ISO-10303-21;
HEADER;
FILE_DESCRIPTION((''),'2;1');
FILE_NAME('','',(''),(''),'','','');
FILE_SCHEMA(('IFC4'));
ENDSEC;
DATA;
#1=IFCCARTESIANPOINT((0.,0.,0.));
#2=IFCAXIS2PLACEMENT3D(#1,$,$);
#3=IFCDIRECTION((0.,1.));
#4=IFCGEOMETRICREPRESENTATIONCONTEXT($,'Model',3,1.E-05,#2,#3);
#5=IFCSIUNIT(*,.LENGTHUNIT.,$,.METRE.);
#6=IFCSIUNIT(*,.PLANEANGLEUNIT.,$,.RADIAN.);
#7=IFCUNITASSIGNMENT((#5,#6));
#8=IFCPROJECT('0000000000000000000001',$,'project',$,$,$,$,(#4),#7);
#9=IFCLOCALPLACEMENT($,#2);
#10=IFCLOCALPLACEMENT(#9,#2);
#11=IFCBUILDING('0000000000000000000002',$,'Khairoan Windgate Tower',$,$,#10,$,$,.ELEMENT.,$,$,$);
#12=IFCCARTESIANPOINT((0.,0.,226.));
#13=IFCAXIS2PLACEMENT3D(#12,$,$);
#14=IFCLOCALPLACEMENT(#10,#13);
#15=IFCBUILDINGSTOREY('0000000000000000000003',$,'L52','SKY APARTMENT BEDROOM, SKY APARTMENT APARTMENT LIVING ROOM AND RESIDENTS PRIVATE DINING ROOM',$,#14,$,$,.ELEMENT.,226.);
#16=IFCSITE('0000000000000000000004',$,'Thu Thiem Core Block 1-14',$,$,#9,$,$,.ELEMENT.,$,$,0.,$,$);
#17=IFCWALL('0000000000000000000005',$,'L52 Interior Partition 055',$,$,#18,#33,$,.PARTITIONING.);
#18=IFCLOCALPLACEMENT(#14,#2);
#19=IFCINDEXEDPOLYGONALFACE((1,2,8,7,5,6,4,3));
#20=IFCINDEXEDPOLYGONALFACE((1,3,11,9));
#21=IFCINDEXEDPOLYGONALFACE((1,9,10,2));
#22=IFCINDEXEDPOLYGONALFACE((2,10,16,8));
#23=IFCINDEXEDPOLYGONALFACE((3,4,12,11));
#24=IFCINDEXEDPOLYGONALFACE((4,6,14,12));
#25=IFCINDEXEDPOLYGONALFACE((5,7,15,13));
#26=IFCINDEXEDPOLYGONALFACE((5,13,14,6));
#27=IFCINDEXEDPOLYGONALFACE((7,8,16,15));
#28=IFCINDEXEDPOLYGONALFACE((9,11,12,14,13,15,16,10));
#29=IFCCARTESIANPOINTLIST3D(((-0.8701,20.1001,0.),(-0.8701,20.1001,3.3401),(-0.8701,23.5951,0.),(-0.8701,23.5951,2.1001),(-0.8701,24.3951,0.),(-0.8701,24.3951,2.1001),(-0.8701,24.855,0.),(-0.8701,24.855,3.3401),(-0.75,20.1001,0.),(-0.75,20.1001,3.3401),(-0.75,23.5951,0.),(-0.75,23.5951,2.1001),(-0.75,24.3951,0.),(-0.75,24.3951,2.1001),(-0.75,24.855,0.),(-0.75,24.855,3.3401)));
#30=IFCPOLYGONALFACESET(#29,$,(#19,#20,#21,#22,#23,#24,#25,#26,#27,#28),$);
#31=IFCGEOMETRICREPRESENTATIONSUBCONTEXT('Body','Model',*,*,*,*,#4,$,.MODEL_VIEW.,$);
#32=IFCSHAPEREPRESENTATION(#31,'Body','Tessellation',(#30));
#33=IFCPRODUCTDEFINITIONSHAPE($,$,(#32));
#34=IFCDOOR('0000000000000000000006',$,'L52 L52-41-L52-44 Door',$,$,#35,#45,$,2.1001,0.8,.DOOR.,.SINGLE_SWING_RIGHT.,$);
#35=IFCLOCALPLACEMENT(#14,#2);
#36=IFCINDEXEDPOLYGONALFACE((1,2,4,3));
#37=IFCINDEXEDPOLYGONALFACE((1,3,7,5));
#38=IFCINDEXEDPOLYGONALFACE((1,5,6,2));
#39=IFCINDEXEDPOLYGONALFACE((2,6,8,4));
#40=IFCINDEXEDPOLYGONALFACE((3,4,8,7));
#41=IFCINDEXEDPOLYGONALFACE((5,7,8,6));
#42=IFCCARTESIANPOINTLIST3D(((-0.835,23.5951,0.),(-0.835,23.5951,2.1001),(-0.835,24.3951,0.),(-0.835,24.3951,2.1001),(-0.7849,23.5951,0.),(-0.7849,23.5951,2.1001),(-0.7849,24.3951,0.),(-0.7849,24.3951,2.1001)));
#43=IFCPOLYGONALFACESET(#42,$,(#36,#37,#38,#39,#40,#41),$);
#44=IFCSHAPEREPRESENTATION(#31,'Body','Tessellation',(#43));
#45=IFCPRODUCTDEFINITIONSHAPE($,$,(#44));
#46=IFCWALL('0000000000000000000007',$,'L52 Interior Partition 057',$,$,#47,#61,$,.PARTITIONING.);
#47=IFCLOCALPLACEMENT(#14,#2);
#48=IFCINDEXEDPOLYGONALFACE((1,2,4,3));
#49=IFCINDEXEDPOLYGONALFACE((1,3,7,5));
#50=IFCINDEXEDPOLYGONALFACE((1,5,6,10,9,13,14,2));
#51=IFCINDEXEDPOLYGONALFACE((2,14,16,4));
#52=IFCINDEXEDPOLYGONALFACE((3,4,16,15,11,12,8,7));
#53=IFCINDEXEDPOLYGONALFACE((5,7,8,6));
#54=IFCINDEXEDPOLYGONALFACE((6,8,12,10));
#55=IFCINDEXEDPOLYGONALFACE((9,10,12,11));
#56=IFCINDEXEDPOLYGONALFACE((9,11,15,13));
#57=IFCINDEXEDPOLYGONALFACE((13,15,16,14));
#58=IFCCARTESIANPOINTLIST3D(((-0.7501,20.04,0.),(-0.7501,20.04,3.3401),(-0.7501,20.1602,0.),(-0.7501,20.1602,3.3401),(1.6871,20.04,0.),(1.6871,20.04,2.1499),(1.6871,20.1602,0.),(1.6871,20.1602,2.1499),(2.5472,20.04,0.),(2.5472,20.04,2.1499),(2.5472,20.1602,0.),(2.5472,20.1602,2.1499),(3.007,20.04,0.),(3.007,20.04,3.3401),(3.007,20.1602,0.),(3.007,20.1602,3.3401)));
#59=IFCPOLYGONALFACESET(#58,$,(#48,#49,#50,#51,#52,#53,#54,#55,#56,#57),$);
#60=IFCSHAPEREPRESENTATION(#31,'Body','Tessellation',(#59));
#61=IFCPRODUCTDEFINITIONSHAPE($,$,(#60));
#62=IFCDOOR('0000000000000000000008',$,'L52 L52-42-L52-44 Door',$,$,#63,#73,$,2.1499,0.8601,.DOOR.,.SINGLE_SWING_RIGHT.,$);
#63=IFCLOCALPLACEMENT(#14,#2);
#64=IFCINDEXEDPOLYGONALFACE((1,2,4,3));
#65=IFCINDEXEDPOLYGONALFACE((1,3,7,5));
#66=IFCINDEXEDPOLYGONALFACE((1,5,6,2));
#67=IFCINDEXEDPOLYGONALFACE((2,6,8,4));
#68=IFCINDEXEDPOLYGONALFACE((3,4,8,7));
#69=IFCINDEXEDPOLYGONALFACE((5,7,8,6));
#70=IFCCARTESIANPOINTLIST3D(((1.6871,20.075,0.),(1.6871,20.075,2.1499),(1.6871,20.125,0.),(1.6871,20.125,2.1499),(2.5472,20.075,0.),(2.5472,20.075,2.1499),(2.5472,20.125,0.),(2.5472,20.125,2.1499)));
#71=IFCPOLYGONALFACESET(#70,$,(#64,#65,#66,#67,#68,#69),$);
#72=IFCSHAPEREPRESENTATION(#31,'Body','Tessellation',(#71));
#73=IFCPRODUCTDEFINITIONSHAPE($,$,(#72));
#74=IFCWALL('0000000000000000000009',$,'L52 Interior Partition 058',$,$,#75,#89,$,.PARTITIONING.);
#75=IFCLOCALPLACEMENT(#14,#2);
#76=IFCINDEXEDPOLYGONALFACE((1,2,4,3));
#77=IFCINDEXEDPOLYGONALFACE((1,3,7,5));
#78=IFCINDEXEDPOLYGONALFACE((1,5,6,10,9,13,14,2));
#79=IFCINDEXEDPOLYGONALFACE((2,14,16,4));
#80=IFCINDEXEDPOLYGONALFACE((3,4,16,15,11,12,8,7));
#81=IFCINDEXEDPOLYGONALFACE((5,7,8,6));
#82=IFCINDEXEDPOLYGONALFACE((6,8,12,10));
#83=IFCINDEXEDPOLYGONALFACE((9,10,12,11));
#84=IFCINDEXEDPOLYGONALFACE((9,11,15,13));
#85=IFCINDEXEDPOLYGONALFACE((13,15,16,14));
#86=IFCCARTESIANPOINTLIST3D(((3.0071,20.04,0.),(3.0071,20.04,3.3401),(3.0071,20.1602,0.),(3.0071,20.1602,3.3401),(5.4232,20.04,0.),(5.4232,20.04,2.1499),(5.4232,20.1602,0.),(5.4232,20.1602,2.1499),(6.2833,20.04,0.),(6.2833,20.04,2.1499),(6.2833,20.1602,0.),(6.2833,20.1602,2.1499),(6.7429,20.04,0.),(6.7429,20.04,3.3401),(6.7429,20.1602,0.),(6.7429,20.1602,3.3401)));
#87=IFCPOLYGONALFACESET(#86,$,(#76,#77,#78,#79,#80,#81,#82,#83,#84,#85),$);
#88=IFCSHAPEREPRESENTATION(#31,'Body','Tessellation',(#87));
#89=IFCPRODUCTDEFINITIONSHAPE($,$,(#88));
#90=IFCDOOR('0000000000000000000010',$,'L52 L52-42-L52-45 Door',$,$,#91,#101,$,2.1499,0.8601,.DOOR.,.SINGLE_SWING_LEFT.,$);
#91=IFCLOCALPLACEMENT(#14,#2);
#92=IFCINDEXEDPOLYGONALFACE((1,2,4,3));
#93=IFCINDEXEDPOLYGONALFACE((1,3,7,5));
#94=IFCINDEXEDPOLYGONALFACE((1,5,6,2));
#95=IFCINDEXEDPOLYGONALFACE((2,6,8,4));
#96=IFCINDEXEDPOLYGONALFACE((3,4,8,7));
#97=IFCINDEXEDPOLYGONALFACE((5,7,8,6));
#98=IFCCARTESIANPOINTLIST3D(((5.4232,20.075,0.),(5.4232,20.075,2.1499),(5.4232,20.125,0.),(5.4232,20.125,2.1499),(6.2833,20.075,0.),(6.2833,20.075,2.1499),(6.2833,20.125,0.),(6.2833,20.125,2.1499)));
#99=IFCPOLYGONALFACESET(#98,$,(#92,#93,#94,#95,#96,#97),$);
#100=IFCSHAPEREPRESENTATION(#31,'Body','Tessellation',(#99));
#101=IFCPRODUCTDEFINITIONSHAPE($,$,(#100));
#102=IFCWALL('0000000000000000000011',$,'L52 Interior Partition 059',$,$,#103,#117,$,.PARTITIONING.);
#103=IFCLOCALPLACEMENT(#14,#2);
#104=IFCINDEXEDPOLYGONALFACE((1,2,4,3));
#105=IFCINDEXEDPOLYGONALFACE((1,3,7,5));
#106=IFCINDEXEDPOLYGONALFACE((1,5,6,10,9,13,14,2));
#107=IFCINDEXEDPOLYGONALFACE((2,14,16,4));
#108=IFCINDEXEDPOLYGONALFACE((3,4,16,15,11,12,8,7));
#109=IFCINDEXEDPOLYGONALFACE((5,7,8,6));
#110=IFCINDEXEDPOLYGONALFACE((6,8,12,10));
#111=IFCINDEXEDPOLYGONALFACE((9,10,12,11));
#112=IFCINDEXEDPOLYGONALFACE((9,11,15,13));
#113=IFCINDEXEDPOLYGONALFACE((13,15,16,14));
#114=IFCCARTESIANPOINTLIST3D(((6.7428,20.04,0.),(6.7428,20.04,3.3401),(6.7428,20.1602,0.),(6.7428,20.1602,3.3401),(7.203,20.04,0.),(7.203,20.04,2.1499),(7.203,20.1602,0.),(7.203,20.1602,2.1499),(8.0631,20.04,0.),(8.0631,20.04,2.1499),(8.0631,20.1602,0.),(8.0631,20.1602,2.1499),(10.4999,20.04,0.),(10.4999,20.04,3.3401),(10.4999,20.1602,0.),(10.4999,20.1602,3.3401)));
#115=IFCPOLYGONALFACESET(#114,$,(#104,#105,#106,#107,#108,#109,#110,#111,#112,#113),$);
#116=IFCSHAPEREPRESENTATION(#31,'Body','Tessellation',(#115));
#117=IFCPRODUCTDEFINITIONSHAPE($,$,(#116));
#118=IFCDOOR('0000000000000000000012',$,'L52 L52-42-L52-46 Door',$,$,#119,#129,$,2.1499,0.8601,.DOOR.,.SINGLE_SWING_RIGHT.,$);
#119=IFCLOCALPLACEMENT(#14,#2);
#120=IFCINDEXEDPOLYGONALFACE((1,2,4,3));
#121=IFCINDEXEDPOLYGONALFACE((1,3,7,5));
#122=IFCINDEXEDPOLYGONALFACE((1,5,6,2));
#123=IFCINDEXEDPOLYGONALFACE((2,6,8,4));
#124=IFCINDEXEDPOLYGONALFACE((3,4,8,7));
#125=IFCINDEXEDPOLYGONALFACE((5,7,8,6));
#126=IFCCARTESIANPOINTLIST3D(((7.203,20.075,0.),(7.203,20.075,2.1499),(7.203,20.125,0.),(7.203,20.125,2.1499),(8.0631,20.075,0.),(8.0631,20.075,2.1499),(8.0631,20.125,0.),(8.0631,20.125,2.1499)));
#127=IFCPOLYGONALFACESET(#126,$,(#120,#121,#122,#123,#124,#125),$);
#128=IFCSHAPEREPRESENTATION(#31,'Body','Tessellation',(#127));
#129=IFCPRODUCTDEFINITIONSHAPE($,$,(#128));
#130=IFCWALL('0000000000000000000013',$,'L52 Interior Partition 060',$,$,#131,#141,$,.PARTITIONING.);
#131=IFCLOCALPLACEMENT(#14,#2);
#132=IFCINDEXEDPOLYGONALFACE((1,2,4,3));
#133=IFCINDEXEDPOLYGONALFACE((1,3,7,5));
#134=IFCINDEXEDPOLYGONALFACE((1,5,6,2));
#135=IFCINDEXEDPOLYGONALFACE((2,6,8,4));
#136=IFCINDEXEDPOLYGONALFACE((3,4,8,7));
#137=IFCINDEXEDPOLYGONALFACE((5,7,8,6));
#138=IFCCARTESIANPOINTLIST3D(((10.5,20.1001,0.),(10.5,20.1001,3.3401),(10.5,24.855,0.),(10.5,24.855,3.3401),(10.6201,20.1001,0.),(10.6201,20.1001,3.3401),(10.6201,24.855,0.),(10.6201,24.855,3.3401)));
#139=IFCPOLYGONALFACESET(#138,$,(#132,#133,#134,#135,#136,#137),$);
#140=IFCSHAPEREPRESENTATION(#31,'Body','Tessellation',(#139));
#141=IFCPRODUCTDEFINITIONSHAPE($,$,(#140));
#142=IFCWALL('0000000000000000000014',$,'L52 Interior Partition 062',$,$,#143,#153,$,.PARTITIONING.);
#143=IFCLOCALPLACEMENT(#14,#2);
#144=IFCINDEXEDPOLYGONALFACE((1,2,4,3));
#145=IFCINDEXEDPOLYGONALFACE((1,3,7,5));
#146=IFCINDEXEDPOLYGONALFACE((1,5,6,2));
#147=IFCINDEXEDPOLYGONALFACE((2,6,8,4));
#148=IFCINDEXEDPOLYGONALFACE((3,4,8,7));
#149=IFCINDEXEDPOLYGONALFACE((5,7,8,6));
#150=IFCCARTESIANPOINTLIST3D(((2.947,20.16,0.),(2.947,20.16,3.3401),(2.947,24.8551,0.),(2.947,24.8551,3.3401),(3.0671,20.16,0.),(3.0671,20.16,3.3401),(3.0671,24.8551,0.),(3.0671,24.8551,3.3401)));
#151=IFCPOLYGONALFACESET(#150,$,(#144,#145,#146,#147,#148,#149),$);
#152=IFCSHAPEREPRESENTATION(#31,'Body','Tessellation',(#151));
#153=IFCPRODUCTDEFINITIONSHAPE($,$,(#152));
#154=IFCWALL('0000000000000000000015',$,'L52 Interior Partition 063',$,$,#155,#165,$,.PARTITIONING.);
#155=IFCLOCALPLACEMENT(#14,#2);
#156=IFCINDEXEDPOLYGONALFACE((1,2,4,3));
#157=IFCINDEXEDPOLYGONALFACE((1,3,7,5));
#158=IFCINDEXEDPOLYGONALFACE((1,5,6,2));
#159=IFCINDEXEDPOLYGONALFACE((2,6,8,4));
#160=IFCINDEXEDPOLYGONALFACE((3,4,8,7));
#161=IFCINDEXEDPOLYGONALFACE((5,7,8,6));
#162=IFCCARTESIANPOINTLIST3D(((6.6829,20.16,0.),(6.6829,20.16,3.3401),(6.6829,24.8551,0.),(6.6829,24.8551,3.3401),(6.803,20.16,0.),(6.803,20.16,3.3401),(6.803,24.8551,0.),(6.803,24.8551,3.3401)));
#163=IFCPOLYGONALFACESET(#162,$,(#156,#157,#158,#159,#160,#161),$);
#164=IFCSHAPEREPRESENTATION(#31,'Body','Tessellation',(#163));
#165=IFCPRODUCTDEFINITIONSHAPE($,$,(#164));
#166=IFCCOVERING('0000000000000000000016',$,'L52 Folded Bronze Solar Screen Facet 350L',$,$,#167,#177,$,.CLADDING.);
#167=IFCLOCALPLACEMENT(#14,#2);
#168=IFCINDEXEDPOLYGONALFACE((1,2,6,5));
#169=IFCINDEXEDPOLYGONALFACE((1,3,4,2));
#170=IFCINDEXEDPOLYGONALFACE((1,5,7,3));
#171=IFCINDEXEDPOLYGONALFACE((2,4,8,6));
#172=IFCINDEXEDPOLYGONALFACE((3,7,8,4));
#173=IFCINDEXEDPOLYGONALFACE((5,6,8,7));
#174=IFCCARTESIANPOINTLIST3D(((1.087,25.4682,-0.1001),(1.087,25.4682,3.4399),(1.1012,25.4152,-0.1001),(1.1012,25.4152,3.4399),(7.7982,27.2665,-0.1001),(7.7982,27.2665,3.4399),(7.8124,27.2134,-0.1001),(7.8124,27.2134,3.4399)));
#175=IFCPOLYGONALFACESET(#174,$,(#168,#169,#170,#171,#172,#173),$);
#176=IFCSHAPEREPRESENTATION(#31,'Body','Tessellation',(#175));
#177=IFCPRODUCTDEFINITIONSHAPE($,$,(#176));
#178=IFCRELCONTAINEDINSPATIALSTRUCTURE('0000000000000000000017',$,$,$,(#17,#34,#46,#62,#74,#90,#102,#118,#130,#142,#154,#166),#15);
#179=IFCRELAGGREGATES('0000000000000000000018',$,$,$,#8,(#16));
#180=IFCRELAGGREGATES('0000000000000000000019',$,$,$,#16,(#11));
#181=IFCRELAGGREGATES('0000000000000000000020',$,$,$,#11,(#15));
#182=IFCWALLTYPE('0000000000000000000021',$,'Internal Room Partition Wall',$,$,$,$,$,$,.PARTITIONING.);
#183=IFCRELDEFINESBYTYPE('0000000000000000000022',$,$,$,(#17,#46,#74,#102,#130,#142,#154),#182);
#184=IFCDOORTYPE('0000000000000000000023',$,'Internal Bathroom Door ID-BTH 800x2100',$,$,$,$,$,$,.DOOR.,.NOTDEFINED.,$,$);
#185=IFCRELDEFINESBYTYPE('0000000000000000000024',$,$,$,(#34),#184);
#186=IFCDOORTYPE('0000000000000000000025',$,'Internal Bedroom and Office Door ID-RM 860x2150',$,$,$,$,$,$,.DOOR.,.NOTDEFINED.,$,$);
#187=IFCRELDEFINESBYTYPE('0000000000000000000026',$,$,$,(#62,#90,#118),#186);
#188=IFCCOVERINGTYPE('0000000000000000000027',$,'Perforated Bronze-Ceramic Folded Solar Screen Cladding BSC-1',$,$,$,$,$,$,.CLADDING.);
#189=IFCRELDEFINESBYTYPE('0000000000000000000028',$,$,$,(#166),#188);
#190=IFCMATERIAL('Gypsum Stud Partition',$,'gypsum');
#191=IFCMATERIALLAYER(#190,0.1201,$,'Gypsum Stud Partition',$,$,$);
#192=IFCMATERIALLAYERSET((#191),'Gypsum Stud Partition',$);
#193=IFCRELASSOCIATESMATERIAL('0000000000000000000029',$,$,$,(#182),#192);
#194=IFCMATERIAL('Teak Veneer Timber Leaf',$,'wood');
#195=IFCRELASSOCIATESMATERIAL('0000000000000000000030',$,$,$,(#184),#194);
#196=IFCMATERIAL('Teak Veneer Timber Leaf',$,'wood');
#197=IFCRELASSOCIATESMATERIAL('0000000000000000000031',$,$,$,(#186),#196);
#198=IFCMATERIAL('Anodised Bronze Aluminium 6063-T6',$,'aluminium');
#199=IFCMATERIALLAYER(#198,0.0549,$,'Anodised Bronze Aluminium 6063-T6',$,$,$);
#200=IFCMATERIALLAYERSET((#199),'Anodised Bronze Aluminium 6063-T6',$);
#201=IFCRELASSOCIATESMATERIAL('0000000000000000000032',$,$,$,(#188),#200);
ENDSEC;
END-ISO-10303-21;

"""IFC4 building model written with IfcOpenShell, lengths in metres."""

from ifc_helpers import new_model, si_unit, direction, frame, frame_2d, origin, origin_2d, place, context, subcontext, project, spatial, rectangle, extrude, material, layer, layer_set, type_object, element, fill, save


model = new_model("IFC4")

# Units and contexts
model_context = context("Model", 3, precision=1e-05, world=origin(), true_north=direction((0.0, 1.0)))
body_context = subcontext(model_context, "Body", "Model", "MODEL_VIEW")
ifc_project = project(units=[si_unit("LENGTHUNIT", "METRE"), si_unit("PLANEANGLEUNIT", "RADIAN")], contexts=[model_context])

# Site, building, storey
site_placement = place(None, origin())
site = spatial("IfcSite", under=ifc_project, at=site_placement, Name="Thu Thiem Core Block 1-14", CompositionType="ELEMENT", RefElevation=0.0)
building_placement = place(site_placement, origin())
building = spatial("IfcBuilding", under=site, at=building_placement, Name="Khairoan Windgate Tower", CompositionType="ELEMENT")
storey_placement = place(building_placement, frame((0.0, 0.0, 226.0)))
storey = spatial("IfcBuildingStorey", under=building, at=storey_placement, Name="L52", Description="SKY APARTMENT BEDROOM, SKY APARTMENT APARTMENT LIVING ROOM AND RESIDENTS PRIVATE DINING ROOM", CompositionType="ELEMENT", Elevation=226.0)

# Shared definitions
ifc_material_1 = material(Name="Gypsum Stud Partition", Category="gypsum")
ifc_layer_1 = layer(ifc_material_1, 0.1201, Name="Gypsum Stud Partition")
ifc_layer_set_1 = layer_set([ifc_layer_1], Name="Gypsum Stud Partition")
wall_type_1 = type_object("IfcWallType", Name="Internal Room Partition Wall", PredefinedType="PARTITIONING", material=ifc_layer_set_1)

# Walls, openings, doors
wall_1_placement = place(storey_placement, frame((-0.8101, 20.1001, 0.0), z_axis=(0.0, 0.0, 1.0), x_axis=(0.0, 1.0, 0.0)))
wall_1 = element("IfcWall", 1, at=wall_1_placement, inside=storey, type_object=wall_type_1, Name="L52 Interior Partition 055", PredefinedType="PARTITIONING", context=body_context, shape_type="SweptSolid", body=[
    extrude(rectangle(XDim=4.7549, YDim=0.1201, at=frame_2d((2.3774, 0.0))), origin(), (0.0, 0.0, 1.0), 3.3401),
])
opening_1_placement = place(wall_1_placement, frame((3.4951, 0.0, 0.0)))
opening_1 = element("IfcOpeningElement", 2, at=opening_1_placement, cuts=wall_1, PredefinedType="OPENING", context=body_context, shape_type="SweptSolid", body=[
    extrude(rectangle(XDim=0.8, YDim=2.1001, at=frame_2d((0.3999, 1.05))), frame((0.0, 0.0701, 0.0), z_axis=(0.0, -1.0, 0.0), x_axis=(1.0, 0.0, 0.0)), (0.0, 0.0, 1.0), 0.1401),
])
ifc_material_2 = material(Name="Teak Veneer Timber Leaf", Category="wood")
door_type_1 = type_object("IfcDoorType", Name="Internal Bathroom Door ID-BTH 800x2100", OperationType="NOTDEFINED", PredefinedType="DOOR", material=ifc_material_2)
door_1_placement = place(opening_1_placement, origin())
door_1 = element("IfcDoor", 3, at=door_1_placement, inside=storey, type_object=door_type_1, Name="L52 L52-41-L52-44 Door", OperationType="SINGLE_SWING_RIGHT", OverallHeight=2.1001, OverallWidth=0.8, PredefinedType="DOOR", context=body_context, shape_type="SweptSolid", body=[
    extrude(rectangle(XDim=0.8, YDim=2.1001, at=frame_2d((0.3999, 1.05))), frame((0.0, 0.0249, 0.0), z_axis=(0.0, -1.0, 0.0), x_axis=(1.0, 0.0, 0.0)), (0.0, 0.0, 1.0), 0.05),
])
fill(opening_1, door_1)
wall_2_placement = place(storey_placement, frame((-0.75, 20.1001, 0.0), z_axis=(0.0, 0.0, 1.0), x_axis=(1.0, 0.0, 0.0)))
wall_2 = element("IfcWall", 4, at=wall_2_placement, inside=storey, type_object=wall_type_1, Name="L52 Interior Partition 057", PredefinedType="PARTITIONING", context=body_context, shape_type="SweptSolid", body=[
    extrude(rectangle(XDim=3.7571, YDim=0.1201, at=frame_2d((1.8784, 0.0))), origin(), (0.0, 0.0, 1.0), 3.3401),
])
opening_2_placement = place(wall_2_placement, frame((2.437, 0.0, 0.0)))
opening_2 = element("IfcOpeningElement", 5, at=opening_2_placement, cuts=wall_2, PredefinedType="OPENING", context=body_context, shape_type="SweptSolid", body=[
    extrude(rectangle(XDim=0.8601, YDim=2.1499, at=frame_2d((0.4302, 1.075))), frame((0.0, 0.0701, 0.0), z_axis=(0.0, -1.0, 0.0), x_axis=(1.0, 0.0, 0.0)), (0.0, 0.0, 1.0), 0.1401),
])
ifc_material_3 = material(Name="Teak Veneer Timber Leaf", Category="wood")
door_type_2 = type_object("IfcDoorType", Name="Internal Bedroom and Office Door ID-RM 860x2150", OperationType="NOTDEFINED", PredefinedType="DOOR", material=ifc_material_3)
door_2_placement = place(opening_2_placement, origin())
door_2 = element("IfcDoor", 6, at=door_2_placement, inside=storey, type_object=door_type_2, Name="L52 L52-42-L52-44 Door", OperationType="SINGLE_SWING_RIGHT", OverallHeight=2.1499, OverallWidth=0.8601, PredefinedType="DOOR", context=body_context, shape_type="SweptSolid", body=[
    extrude(rectangle(XDim=0.8601, YDim=2.1499, at=frame_2d((0.4302, 1.075))), frame((0.0, 0.0249, 0.0), z_axis=(0.0, -1.0, 0.0), x_axis=(1.0, 0.0, 0.0)), (0.0, 0.0, 1.0), 0.05),
])
fill(opening_2, door_2)
wall_3_placement = place(storey_placement, frame((3.0071, 20.1001, 0.0), z_axis=(0.0, 0.0, 1.0), x_axis=(1.0, 0.0, 0.0)))
wall_3 = element("IfcWall", 7, at=wall_3_placement, inside=storey, type_object=wall_type_1, Name="L52 Interior Partition 058", PredefinedType="PARTITIONING", context=body_context, shape_type="SweptSolid", body=[
    extrude(rectangle(XDim=3.7358, YDim=0.1201, at=frame_2d((1.8679, 0.0))), origin(), (0.0, 0.0, 1.0), 3.3401),
])
opening_3_placement = place(wall_3_placement, frame((2.416, 0.0, 0.0)))
opening_3 = element("IfcOpeningElement", 8, at=opening_3_placement, cuts=wall_3, PredefinedType="OPENING", context=body_context, shape_type="SweptSolid", body=[
    extrude(rectangle(XDim=0.8601, YDim=2.1499, at=frame_2d((0.4302, 1.075))), frame((0.0, 0.0701, 0.0), z_axis=(0.0, -1.0, 0.0), x_axis=(1.0, 0.0, 0.0)), (0.0, 0.0, 1.0), 0.1401),
])
door_3_placement = place(opening_3_placement, origin())
door_3 = element("IfcDoor", 9, at=door_3_placement, inside=storey, type_object=door_type_2, Name="L52 L52-42-L52-45 Door", OperationType="SINGLE_SWING_LEFT", OverallHeight=2.1499, OverallWidth=0.8601, PredefinedType="DOOR", context=body_context, shape_type="SweptSolid", body=[
    extrude(rectangle(XDim=0.8601, YDim=2.1499, at=frame_2d((0.4302, 1.075))), frame((0.0, 0.0249, 0.0), z_axis=(0.0, -1.0, 0.0), x_axis=(1.0, 0.0, 0.0)), (0.0, 0.0, 1.0), 0.05),
])
fill(opening_3, door_3)
wall_4_placement = place(storey_placement, frame((6.7429, 20.1001, 0.0), z_axis=(0.0, 0.0, 1.0), x_axis=(1.0, 0.0, 0.0)))
wall_4 = element("IfcWall", 10, at=wall_4_placement, inside=storey, type_object=wall_type_1, Name="L52 Interior Partition 059", PredefinedType="PARTITIONING", context=body_context, shape_type="SweptSolid", body=[
    extrude(rectangle(XDim=3.7571, YDim=0.1201, at=frame_2d((1.8784, 0.0))), origin(), (0.0, 0.0, 1.0), 3.3401),
])
opening_4_placement = place(wall_4_placement, frame((0.46, 0.0, 0.0)))
opening_4 = element("IfcOpeningElement", 11, at=opening_4_placement, cuts=wall_4, PredefinedType="OPENING", context=body_context, shape_type="SweptSolid", body=[
    extrude(rectangle(XDim=0.8601, YDim=2.1499, at=frame_2d((0.4302, 1.075))), frame((0.0, 0.0701, 0.0), z_axis=(0.0, -1.0, 0.0), x_axis=(1.0, 0.0, 0.0)), (0.0, 0.0, 1.0), 0.1401),
])
door_4_placement = place(opening_4_placement, origin())
door_4 = element("IfcDoor", 12, at=door_4_placement, inside=storey, type_object=door_type_2, Name="L52 L52-42-L52-46 Door", OperationType="SINGLE_SWING_RIGHT", OverallHeight=2.1499, OverallWidth=0.8601, PredefinedType="DOOR", context=body_context, shape_type="SweptSolid", body=[
    extrude(rectangle(XDim=0.8601, YDim=2.1499, at=frame_2d((0.4302, 1.075))), frame((0.0, 0.0249, 0.0), z_axis=(0.0, -1.0, 0.0), x_axis=(1.0, 0.0, 0.0)), (0.0, 0.0, 1.0), 0.05),
])
fill(opening_4, door_4)

# Walls
wall_5_placement = place(storey_placement, frame((10.5601, 20.1001, 0.0), z_axis=(0.0, 0.0, 1.0), x_axis=(0.0, 1.0, 0.0)))
element("IfcWall", 13, at=wall_5_placement, inside=storey, type_object=wall_type_1, Name="L52 Interior Partition 060", PredefinedType="PARTITIONING", context=body_context, shape_type="SweptSolid", body=[
    extrude(rectangle(XDim=4.7549, YDim=0.1201, at=frame_2d((2.3774, 0.0))), origin(), (0.0, 0.0, 1.0), 3.3401),
])
for number, where, z_axis, x_axis, name in (
    (14, (3.0071, 20.1599, 0.0), (0.0, 0.0, 1.0), (0.0, 1.0, 0.0), "L52 Interior Partition 062"),
    (15, (6.7429, 20.1599, 0.0), (0.0, 0.0, 1.0), (0.0, 1.0, 0.0), "L52 Interior Partition 063"),
):
    element("IfcWall", number, at=place(storey_placement, frame(where, z_axis=z_axis, x_axis=x_axis)), inside=storey, type_object=wall_type_1, Name=name, PredefinedType="PARTITIONING", context=body_context, shape_type="SweptSolid", body=[
        extrude(rectangle(XDim=4.6951, YDim=0.1201, at=frame_2d((2.3477, 0.0))), origin(), (0.0, 0.0, 1.0), 3.3401),
    ])

# Covering
ifc_material_4 = material(Name="Anodised Bronze Aluminium 6063-T6", Category="aluminium")
ifc_layer_2 = layer(ifc_material_4, 0.0549, Name="Anodised Bronze Aluminium 6063-T6")
ifc_layer_set_2 = layer_set([ifc_layer_2], Name="Anodised Bronze Aluminium 6063-T6")
covering_type = type_object("IfcCoveringType", Name="Perforated Bronze-Ceramic Folded Solar Screen Cladding BSC-1", PredefinedType="CLADDING", material=ifc_layer_set_2)
covering_placement = place(storey_placement, frame((4.4497, 26.3408, -0.1001), z_axis=(0.0, 0.0, 1.0), x_axis=(0.965926, 0.258819, 0.0)))
element("IfcCovering", 16, at=covering_placement, inside=storey, type_object=covering_type, Name="L52 Folded Bronze Solar Screen Facet 350L", PredefinedType="CLADDING", context=body_context, shape_type="SweptSolid", body=[
    extrude(rectangle(XDim=6.948, YDim=0.0549, at=origin_2d()), origin(), (0.0, 0.0, 1.0), 3.54),
])

save(model, "model.ifc")
